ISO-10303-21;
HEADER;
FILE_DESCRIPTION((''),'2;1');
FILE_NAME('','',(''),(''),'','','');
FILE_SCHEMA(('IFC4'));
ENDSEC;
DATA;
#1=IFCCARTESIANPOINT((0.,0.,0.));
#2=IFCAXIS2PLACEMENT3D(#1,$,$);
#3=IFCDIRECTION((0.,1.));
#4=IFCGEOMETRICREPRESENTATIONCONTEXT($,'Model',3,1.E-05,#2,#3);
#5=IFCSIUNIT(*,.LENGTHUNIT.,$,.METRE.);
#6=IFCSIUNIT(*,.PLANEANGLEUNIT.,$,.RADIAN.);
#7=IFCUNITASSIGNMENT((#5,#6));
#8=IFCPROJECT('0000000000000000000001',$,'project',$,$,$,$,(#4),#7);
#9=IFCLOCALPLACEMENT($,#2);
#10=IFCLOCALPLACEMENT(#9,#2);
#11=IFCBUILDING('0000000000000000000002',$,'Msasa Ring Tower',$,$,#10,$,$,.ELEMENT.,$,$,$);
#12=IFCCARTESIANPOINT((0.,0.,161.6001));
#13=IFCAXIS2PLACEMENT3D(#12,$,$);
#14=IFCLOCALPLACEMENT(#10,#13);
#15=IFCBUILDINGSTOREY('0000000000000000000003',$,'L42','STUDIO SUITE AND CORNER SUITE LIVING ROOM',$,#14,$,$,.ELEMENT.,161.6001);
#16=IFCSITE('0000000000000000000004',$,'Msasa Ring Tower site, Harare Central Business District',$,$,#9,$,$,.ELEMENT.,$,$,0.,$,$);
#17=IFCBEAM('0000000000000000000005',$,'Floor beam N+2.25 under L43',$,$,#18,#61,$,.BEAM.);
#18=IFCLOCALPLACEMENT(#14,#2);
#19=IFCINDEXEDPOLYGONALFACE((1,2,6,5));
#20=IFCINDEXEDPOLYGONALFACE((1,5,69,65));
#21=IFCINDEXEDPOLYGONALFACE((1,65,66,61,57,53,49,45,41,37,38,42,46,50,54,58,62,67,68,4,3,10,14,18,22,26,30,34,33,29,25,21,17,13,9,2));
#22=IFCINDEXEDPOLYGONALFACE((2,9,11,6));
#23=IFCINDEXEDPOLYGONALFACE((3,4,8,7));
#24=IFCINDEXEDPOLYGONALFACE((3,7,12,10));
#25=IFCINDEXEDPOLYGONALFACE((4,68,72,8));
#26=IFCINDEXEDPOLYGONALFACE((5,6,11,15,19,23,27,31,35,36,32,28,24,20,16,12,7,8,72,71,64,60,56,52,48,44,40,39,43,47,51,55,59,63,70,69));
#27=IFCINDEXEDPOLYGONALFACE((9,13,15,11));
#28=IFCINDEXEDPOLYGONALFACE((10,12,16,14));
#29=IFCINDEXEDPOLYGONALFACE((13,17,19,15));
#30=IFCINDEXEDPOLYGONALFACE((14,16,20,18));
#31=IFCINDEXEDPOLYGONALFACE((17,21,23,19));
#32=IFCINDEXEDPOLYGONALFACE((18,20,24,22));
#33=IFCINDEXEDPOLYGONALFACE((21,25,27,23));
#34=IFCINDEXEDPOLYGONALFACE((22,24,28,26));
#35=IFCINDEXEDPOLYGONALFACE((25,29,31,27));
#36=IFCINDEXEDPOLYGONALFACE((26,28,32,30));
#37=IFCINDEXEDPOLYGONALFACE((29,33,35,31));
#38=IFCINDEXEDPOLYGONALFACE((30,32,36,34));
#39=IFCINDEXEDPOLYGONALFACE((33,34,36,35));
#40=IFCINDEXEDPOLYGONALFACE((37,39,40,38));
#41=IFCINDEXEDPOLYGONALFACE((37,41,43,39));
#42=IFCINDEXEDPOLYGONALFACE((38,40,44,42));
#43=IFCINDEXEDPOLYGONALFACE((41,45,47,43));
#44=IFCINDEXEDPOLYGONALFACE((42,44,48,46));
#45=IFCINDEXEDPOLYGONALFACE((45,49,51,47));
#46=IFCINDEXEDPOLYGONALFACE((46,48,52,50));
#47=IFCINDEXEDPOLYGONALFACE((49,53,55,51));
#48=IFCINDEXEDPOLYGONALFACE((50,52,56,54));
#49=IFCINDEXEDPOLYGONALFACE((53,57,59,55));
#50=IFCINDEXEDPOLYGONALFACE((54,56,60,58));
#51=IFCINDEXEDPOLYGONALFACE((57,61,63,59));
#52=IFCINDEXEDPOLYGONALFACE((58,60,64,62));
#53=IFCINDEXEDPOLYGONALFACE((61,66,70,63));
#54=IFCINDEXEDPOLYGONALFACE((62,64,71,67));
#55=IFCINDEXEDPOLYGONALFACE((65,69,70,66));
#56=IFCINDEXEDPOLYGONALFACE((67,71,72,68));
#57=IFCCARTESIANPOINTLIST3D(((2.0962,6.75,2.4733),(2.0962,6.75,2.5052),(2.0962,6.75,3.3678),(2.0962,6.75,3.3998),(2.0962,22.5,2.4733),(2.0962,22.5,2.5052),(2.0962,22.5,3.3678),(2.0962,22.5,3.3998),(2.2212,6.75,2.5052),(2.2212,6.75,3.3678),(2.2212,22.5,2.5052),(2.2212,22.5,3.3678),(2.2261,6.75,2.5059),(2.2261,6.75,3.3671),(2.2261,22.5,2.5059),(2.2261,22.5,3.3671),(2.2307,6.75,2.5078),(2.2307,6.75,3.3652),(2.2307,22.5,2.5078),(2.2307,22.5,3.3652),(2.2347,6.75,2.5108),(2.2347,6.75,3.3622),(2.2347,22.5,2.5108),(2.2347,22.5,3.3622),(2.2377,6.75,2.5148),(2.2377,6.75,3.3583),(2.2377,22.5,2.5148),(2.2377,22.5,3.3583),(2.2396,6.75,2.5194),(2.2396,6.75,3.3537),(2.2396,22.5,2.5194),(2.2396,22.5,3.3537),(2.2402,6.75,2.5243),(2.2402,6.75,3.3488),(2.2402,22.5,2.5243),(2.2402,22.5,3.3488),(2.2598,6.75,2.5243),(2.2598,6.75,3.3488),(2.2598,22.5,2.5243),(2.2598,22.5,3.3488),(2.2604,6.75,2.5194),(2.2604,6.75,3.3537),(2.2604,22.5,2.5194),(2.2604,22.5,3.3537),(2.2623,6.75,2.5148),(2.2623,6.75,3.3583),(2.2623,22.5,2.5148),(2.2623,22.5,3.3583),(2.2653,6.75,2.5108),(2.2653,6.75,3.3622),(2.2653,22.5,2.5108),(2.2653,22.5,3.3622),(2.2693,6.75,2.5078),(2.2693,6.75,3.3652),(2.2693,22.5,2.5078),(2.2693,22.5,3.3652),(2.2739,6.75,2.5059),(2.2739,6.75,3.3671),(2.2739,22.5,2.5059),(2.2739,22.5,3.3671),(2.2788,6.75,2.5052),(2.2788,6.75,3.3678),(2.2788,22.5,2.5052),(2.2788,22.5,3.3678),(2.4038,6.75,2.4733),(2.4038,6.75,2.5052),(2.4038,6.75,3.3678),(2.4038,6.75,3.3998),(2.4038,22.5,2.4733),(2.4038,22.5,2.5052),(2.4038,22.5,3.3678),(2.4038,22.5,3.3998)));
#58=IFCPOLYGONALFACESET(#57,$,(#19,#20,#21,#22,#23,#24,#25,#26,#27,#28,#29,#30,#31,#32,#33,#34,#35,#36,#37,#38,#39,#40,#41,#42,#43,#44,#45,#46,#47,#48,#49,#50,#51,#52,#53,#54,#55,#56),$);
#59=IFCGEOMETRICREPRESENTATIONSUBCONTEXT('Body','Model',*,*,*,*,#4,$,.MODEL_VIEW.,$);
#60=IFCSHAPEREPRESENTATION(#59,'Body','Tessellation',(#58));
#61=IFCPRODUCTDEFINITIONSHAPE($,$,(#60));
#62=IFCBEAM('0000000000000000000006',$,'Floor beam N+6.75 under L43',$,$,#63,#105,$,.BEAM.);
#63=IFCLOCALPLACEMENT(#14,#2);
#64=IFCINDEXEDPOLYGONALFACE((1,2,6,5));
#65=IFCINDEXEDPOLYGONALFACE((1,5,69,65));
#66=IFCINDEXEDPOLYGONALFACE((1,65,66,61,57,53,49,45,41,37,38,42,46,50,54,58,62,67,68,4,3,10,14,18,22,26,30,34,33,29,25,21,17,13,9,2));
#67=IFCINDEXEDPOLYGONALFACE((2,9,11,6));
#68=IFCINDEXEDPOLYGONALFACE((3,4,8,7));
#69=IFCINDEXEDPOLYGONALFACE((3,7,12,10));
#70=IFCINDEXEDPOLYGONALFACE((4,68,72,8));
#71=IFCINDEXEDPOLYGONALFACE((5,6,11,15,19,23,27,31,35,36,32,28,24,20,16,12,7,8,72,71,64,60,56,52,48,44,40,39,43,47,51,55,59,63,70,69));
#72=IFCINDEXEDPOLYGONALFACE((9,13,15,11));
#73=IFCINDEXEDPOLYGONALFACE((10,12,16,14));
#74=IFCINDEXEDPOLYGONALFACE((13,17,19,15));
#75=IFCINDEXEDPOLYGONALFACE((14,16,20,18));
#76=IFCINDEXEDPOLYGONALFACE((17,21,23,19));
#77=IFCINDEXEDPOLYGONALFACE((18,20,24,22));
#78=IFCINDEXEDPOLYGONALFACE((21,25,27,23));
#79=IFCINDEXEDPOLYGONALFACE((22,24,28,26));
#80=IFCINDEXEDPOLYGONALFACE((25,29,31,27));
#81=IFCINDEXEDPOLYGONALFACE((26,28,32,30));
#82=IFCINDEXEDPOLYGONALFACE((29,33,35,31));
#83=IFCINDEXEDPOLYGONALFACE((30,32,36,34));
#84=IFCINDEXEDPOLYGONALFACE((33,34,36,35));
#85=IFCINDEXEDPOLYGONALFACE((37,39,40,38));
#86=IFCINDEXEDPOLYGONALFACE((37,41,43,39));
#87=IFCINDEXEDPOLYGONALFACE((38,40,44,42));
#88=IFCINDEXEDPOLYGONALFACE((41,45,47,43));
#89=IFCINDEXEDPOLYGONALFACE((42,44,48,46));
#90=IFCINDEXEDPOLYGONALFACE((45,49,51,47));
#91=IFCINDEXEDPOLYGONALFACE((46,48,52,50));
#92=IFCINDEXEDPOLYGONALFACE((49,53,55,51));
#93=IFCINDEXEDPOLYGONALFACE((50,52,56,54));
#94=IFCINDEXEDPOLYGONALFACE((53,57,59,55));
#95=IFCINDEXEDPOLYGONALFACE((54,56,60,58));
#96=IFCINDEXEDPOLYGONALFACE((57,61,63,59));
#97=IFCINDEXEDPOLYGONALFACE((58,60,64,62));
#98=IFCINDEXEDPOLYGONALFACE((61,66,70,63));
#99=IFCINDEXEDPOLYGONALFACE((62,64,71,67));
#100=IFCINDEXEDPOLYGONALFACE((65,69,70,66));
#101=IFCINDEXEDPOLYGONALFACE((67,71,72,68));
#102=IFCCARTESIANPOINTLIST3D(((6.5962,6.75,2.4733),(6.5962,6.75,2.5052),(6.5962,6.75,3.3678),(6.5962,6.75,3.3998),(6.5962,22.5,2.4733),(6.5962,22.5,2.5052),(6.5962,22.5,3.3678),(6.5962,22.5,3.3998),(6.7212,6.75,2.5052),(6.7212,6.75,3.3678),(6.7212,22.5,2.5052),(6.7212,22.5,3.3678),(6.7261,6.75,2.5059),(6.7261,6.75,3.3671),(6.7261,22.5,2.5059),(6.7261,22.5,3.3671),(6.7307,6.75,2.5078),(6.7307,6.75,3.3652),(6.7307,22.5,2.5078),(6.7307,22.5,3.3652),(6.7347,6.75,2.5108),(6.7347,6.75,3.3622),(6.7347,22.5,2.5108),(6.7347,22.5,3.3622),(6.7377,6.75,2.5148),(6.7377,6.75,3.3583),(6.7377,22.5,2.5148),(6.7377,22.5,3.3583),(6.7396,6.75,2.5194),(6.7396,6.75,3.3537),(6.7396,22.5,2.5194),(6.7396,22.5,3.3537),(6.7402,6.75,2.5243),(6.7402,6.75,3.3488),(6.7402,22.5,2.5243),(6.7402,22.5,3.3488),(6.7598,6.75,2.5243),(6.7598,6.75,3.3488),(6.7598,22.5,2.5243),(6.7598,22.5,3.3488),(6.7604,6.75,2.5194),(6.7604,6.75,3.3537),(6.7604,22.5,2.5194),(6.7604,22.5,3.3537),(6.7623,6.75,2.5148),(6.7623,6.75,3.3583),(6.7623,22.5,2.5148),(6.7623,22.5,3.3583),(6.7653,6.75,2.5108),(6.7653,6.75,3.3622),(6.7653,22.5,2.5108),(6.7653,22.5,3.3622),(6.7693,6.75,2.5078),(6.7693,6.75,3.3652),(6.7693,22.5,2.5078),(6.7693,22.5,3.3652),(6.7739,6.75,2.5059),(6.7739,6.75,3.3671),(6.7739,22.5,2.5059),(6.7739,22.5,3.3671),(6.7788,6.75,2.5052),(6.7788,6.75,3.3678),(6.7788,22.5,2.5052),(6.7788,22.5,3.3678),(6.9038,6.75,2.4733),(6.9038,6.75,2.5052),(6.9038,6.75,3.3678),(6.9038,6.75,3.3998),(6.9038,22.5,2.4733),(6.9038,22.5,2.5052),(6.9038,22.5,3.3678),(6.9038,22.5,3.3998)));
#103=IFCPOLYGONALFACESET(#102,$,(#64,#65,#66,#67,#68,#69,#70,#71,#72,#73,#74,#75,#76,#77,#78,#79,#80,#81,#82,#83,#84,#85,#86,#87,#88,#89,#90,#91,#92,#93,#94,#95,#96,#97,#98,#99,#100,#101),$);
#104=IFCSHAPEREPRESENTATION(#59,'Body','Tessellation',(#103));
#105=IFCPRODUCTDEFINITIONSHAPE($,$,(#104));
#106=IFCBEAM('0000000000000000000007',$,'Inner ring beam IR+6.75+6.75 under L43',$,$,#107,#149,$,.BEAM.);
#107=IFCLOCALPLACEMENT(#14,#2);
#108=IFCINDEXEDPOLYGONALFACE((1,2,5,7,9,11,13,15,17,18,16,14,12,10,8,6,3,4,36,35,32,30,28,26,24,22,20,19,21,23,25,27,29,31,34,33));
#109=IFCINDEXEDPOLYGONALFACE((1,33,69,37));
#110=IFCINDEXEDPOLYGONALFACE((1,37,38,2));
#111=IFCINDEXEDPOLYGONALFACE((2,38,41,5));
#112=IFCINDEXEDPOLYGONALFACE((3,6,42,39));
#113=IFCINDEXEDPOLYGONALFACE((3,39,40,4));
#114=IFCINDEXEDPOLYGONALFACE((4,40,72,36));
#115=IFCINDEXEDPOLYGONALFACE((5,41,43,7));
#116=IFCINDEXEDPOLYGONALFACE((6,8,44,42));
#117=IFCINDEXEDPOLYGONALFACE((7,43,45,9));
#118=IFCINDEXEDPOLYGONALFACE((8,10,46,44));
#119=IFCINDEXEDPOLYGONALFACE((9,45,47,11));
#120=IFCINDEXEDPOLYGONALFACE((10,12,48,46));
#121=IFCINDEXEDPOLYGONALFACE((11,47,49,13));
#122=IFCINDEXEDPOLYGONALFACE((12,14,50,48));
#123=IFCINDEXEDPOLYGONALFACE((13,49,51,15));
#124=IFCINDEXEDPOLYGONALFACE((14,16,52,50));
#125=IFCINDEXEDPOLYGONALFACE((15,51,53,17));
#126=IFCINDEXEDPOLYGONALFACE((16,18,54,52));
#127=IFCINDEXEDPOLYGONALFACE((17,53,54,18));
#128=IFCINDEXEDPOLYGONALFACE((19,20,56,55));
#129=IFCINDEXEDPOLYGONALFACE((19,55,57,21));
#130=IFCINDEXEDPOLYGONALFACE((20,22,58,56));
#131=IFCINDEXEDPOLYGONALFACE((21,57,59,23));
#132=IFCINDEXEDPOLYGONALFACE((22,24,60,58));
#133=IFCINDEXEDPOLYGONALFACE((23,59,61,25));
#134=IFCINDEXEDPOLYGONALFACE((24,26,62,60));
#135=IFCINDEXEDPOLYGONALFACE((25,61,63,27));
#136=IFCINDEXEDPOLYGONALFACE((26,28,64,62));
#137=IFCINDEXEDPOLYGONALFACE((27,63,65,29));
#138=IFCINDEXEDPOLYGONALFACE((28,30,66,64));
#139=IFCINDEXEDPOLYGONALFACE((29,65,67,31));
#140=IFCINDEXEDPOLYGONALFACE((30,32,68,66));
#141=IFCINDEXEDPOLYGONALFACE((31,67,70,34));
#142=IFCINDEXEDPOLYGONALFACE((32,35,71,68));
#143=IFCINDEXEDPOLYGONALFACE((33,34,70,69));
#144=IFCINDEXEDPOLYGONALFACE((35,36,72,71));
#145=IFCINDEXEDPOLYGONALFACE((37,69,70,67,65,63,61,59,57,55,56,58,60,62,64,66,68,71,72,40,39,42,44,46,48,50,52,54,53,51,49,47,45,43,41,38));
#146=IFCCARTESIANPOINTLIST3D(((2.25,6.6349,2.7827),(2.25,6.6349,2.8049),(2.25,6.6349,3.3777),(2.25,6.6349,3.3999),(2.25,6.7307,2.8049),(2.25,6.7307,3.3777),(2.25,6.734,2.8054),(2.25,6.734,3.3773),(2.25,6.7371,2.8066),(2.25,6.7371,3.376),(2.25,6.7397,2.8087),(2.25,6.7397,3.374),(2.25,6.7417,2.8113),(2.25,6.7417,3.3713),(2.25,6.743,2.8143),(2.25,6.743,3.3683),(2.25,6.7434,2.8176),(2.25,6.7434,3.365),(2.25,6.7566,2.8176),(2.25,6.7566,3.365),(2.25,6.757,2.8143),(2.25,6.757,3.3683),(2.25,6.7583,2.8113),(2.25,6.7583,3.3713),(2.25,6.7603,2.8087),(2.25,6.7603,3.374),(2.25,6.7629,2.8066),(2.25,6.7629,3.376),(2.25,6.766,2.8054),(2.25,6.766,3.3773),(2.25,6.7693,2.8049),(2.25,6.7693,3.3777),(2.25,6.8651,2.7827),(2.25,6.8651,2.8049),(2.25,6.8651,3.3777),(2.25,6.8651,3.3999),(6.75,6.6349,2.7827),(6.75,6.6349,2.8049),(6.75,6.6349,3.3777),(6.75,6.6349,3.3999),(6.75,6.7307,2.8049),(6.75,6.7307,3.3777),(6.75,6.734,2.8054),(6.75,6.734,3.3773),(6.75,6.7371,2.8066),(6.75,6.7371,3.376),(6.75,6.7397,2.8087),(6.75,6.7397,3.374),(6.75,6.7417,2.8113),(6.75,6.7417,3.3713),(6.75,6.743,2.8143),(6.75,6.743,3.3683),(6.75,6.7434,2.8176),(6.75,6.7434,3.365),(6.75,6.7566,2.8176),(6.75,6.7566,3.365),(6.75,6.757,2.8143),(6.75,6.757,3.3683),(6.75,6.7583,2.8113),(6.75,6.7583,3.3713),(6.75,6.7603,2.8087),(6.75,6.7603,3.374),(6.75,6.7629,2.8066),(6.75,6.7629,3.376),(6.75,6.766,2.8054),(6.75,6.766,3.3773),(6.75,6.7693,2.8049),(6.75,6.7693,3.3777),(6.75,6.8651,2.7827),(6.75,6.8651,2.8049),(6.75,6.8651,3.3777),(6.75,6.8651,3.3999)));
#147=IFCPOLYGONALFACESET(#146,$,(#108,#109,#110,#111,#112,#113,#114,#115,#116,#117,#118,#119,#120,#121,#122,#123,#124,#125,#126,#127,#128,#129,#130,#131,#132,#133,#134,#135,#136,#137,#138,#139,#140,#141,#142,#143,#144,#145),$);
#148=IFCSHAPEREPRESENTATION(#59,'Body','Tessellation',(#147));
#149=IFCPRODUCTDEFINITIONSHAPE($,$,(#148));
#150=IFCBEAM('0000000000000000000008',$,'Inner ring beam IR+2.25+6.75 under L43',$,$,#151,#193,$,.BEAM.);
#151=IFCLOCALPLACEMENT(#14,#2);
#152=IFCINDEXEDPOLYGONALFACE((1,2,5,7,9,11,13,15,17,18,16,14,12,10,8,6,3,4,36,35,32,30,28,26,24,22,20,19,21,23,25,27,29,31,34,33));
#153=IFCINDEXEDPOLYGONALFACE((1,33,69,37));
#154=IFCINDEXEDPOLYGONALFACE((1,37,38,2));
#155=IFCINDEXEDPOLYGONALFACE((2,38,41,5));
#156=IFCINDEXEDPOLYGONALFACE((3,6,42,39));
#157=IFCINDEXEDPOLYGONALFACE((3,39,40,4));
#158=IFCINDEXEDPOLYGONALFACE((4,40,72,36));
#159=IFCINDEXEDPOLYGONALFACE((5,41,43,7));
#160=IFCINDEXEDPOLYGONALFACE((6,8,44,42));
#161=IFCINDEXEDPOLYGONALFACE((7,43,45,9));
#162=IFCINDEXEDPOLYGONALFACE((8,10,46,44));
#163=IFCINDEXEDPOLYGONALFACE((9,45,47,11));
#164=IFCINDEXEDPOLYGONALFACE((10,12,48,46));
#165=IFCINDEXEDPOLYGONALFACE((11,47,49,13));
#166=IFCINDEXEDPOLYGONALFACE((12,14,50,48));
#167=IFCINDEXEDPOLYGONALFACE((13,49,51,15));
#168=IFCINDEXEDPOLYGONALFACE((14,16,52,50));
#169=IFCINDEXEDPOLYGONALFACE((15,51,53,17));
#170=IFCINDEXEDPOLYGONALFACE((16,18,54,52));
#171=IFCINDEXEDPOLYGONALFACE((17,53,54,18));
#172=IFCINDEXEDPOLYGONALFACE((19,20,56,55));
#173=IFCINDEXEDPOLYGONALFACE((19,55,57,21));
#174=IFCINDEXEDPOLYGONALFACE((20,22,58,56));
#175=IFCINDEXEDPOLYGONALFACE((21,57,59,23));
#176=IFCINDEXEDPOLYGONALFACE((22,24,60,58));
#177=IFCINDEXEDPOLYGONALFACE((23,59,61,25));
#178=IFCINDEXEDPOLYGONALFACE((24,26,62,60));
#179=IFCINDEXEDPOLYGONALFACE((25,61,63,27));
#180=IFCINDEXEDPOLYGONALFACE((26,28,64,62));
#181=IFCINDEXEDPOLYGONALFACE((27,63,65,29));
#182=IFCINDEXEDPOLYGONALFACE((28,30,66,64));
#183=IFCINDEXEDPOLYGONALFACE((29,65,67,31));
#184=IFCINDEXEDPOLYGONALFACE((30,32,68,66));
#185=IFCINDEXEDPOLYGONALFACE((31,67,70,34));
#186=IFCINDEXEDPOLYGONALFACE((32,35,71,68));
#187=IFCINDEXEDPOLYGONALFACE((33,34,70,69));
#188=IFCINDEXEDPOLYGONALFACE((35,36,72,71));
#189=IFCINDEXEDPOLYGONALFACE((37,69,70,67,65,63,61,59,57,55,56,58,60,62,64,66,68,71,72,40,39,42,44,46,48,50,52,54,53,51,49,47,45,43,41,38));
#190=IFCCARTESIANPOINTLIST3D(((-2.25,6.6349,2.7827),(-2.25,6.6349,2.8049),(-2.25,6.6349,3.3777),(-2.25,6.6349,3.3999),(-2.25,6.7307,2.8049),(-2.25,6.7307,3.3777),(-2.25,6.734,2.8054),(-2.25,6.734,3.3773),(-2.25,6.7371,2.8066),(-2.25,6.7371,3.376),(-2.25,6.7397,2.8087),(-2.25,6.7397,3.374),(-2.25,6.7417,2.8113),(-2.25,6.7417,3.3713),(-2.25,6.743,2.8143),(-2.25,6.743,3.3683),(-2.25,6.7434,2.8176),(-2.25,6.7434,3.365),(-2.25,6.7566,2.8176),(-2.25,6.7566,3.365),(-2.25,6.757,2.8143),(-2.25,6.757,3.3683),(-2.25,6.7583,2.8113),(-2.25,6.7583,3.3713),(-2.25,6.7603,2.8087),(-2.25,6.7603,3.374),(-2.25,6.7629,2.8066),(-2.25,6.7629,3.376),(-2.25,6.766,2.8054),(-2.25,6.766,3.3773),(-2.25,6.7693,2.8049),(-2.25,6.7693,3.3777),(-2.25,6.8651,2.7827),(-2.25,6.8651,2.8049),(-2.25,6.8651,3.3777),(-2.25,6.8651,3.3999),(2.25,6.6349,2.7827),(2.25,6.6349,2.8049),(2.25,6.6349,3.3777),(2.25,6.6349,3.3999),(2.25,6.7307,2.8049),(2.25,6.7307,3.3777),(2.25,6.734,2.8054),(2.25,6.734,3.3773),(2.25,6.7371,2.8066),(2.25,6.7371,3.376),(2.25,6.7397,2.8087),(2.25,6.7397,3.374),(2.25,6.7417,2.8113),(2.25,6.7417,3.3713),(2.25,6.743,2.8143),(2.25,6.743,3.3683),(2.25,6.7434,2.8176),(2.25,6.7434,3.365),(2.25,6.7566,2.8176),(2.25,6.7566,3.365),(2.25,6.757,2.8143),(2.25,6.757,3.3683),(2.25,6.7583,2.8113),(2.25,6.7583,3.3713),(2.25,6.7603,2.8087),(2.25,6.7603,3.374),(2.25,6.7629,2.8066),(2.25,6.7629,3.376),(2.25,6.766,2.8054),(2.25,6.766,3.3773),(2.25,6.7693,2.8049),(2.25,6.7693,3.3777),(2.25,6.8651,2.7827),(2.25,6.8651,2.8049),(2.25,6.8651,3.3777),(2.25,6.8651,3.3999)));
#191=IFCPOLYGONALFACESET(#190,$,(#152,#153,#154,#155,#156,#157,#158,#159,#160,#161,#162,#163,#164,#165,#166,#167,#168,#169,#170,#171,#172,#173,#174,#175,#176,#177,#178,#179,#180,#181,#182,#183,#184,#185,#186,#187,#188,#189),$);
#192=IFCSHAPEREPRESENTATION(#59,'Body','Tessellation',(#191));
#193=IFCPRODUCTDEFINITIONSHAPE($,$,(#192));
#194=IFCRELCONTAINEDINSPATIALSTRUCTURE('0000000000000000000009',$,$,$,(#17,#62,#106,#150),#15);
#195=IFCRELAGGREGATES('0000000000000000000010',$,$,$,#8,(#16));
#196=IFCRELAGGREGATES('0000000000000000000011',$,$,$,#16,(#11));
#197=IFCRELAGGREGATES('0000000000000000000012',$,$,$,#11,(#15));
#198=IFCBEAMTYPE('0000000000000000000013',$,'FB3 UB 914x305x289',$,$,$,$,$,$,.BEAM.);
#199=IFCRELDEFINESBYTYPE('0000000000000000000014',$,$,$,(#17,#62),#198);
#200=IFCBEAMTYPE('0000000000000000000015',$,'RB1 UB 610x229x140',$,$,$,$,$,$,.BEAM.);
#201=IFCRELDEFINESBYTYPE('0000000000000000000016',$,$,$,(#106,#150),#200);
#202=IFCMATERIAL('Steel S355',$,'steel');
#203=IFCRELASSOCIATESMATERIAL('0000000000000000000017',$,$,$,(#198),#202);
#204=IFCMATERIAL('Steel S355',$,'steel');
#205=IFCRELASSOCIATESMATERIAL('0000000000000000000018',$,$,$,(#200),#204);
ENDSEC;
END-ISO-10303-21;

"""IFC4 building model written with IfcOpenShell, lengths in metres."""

from ifc_helpers import new_model, si_unit, direction, frame, origin, origin_2d, place, context, subcontext, project, spatial, i_section, extrude, material, material_profile, profile_set, type_object, element, save


model = new_model("IFC4")

# Units and contexts
model_context = context("Model", 3, precision=1e-05, world=origin(), true_north=direction((0.0, 1.0)))
body_context = subcontext(model_context, "Body", "Model", "MODEL_VIEW")
ifc_project = project(units=[si_unit("LENGTHUNIT", "METRE"), si_unit("PLANEANGLEUNIT", "RADIAN")], contexts=[model_context])

# Site, building, storey
site_placement = place(None, origin())
site = spatial("IfcSite", under=ifc_project, at=site_placement, Name="Msasa Ring Tower site, Harare Central Business District", CompositionType="ELEMENT", RefElevation=0.0)
building_placement = place(site_placement, origin())
building = spatial("IfcBuilding", under=site, at=building_placement, Name="Msasa Ring Tower", CompositionType="ELEMENT")
storey_placement = place(building_placement, frame((0.0, 0.0, 161.6001)))
storey = spatial("IfcBuildingStorey", under=building, at=storey_placement, Name="L42", Description="STUDIO SUITE AND CORNER SUITE LIVING ROOM", CompositionType="ELEMENT", Elevation=161.6001)

# Beams
ifc_material_1 = material(Name="Steel S355", Category="steel")
ifc_material_profile_1 = material_profile(ifc_material_1, i_section(OverallWidth=0.3076, OverallDepth=0.9265, WebThickness=0.0195, FlangeThickness=0.032, FilletRadius=0.019, at=origin_2d()), Name="UB 914x305x289")
ifc_profile_set_1 = profile_set([ifc_material_profile_1], Name="Steel S355")
beam_type_1 = type_object("IfcBeamType", Name="FB3 UB 914x305x289", PredefinedType="BEAM", material=ifc_profile_set_1)
for number, where, z_axis, x_axis, name in (
    (1, (2.25, 22.5, 2.9365), (0.0, -1.0, 0.0), (1.0, 0.0, 0.0), "Floor beam N+2.25 under L43"),
    (2, (6.75, 22.5, 2.9365), (0.0, -1.0, 0.0), (1.0, 0.0, 0.0), "Floor beam N+6.75 under L43"),
):
    element("IfcBeam", number, at=place(storey_placement, frame(where, z_axis=z_axis, x_axis=x_axis)), inside=storey, type_object=beam_type_1, Name=name, PredefinedType="BEAM", context=body_context, shape_type="SweptSolid", body=[
        extrude(i_section(OverallWidth=0.3076, OverallDepth=0.9265, WebThickness=0.0195, FlangeThickness=0.032, FilletRadius=0.019, at=origin_2d()), origin(), (0.0, 0.0, 1.0), 15.75),
    ])
ifc_material_2 = material(Name="Steel S355", Category="steel")
ifc_material_profile_2 = material_profile(ifc_material_2, i_section(OverallWidth=0.2302, OverallDepth=0.6172, WebThickness=0.0132, FlangeThickness=0.0222, FilletRadius=0.0127, at=origin_2d()), Name="UB 610x229x140")
ifc_profile_set_2 = profile_set([ifc_material_profile_2], Name="Steel S355")
beam_type_2 = type_object("IfcBeamType", Name="RB1 UB 610x229x140", PredefinedType="BEAM", material=ifc_profile_set_2)
for number, where, z_axis, x_axis, name in (
    (3, (6.75, 6.75, 3.0913), (-1.0, 0.0, 0.0), (0.0, -1.0, 0.0), "Inner ring beam IR+6.75+6.75 under L43"),
    (4, (2.25, 6.75, 3.0913), (-1.0, 0.0, 0.0), (0.0, -1.0, 0.0), "Inner ring beam IR+2.25+6.75 under L43"),
):
    element("IfcBeam", number, at=place(storey_placement, frame(where, z_axis=z_axis, x_axis=x_axis)), inside=storey, type_object=beam_type_2, Name=name, PredefinedType="BEAM", context=body_context, shape_type="SweptSolid", body=[
        extrude(i_section(OverallWidth=0.2302, OverallDepth=0.6172, WebThickness=0.0132, FlangeThickness=0.0222, FilletRadius=0.0127, at=origin_2d()), origin(), (0.0, 0.0, 1.0), 4.5),
    ])

save(model, "model.ifc")
